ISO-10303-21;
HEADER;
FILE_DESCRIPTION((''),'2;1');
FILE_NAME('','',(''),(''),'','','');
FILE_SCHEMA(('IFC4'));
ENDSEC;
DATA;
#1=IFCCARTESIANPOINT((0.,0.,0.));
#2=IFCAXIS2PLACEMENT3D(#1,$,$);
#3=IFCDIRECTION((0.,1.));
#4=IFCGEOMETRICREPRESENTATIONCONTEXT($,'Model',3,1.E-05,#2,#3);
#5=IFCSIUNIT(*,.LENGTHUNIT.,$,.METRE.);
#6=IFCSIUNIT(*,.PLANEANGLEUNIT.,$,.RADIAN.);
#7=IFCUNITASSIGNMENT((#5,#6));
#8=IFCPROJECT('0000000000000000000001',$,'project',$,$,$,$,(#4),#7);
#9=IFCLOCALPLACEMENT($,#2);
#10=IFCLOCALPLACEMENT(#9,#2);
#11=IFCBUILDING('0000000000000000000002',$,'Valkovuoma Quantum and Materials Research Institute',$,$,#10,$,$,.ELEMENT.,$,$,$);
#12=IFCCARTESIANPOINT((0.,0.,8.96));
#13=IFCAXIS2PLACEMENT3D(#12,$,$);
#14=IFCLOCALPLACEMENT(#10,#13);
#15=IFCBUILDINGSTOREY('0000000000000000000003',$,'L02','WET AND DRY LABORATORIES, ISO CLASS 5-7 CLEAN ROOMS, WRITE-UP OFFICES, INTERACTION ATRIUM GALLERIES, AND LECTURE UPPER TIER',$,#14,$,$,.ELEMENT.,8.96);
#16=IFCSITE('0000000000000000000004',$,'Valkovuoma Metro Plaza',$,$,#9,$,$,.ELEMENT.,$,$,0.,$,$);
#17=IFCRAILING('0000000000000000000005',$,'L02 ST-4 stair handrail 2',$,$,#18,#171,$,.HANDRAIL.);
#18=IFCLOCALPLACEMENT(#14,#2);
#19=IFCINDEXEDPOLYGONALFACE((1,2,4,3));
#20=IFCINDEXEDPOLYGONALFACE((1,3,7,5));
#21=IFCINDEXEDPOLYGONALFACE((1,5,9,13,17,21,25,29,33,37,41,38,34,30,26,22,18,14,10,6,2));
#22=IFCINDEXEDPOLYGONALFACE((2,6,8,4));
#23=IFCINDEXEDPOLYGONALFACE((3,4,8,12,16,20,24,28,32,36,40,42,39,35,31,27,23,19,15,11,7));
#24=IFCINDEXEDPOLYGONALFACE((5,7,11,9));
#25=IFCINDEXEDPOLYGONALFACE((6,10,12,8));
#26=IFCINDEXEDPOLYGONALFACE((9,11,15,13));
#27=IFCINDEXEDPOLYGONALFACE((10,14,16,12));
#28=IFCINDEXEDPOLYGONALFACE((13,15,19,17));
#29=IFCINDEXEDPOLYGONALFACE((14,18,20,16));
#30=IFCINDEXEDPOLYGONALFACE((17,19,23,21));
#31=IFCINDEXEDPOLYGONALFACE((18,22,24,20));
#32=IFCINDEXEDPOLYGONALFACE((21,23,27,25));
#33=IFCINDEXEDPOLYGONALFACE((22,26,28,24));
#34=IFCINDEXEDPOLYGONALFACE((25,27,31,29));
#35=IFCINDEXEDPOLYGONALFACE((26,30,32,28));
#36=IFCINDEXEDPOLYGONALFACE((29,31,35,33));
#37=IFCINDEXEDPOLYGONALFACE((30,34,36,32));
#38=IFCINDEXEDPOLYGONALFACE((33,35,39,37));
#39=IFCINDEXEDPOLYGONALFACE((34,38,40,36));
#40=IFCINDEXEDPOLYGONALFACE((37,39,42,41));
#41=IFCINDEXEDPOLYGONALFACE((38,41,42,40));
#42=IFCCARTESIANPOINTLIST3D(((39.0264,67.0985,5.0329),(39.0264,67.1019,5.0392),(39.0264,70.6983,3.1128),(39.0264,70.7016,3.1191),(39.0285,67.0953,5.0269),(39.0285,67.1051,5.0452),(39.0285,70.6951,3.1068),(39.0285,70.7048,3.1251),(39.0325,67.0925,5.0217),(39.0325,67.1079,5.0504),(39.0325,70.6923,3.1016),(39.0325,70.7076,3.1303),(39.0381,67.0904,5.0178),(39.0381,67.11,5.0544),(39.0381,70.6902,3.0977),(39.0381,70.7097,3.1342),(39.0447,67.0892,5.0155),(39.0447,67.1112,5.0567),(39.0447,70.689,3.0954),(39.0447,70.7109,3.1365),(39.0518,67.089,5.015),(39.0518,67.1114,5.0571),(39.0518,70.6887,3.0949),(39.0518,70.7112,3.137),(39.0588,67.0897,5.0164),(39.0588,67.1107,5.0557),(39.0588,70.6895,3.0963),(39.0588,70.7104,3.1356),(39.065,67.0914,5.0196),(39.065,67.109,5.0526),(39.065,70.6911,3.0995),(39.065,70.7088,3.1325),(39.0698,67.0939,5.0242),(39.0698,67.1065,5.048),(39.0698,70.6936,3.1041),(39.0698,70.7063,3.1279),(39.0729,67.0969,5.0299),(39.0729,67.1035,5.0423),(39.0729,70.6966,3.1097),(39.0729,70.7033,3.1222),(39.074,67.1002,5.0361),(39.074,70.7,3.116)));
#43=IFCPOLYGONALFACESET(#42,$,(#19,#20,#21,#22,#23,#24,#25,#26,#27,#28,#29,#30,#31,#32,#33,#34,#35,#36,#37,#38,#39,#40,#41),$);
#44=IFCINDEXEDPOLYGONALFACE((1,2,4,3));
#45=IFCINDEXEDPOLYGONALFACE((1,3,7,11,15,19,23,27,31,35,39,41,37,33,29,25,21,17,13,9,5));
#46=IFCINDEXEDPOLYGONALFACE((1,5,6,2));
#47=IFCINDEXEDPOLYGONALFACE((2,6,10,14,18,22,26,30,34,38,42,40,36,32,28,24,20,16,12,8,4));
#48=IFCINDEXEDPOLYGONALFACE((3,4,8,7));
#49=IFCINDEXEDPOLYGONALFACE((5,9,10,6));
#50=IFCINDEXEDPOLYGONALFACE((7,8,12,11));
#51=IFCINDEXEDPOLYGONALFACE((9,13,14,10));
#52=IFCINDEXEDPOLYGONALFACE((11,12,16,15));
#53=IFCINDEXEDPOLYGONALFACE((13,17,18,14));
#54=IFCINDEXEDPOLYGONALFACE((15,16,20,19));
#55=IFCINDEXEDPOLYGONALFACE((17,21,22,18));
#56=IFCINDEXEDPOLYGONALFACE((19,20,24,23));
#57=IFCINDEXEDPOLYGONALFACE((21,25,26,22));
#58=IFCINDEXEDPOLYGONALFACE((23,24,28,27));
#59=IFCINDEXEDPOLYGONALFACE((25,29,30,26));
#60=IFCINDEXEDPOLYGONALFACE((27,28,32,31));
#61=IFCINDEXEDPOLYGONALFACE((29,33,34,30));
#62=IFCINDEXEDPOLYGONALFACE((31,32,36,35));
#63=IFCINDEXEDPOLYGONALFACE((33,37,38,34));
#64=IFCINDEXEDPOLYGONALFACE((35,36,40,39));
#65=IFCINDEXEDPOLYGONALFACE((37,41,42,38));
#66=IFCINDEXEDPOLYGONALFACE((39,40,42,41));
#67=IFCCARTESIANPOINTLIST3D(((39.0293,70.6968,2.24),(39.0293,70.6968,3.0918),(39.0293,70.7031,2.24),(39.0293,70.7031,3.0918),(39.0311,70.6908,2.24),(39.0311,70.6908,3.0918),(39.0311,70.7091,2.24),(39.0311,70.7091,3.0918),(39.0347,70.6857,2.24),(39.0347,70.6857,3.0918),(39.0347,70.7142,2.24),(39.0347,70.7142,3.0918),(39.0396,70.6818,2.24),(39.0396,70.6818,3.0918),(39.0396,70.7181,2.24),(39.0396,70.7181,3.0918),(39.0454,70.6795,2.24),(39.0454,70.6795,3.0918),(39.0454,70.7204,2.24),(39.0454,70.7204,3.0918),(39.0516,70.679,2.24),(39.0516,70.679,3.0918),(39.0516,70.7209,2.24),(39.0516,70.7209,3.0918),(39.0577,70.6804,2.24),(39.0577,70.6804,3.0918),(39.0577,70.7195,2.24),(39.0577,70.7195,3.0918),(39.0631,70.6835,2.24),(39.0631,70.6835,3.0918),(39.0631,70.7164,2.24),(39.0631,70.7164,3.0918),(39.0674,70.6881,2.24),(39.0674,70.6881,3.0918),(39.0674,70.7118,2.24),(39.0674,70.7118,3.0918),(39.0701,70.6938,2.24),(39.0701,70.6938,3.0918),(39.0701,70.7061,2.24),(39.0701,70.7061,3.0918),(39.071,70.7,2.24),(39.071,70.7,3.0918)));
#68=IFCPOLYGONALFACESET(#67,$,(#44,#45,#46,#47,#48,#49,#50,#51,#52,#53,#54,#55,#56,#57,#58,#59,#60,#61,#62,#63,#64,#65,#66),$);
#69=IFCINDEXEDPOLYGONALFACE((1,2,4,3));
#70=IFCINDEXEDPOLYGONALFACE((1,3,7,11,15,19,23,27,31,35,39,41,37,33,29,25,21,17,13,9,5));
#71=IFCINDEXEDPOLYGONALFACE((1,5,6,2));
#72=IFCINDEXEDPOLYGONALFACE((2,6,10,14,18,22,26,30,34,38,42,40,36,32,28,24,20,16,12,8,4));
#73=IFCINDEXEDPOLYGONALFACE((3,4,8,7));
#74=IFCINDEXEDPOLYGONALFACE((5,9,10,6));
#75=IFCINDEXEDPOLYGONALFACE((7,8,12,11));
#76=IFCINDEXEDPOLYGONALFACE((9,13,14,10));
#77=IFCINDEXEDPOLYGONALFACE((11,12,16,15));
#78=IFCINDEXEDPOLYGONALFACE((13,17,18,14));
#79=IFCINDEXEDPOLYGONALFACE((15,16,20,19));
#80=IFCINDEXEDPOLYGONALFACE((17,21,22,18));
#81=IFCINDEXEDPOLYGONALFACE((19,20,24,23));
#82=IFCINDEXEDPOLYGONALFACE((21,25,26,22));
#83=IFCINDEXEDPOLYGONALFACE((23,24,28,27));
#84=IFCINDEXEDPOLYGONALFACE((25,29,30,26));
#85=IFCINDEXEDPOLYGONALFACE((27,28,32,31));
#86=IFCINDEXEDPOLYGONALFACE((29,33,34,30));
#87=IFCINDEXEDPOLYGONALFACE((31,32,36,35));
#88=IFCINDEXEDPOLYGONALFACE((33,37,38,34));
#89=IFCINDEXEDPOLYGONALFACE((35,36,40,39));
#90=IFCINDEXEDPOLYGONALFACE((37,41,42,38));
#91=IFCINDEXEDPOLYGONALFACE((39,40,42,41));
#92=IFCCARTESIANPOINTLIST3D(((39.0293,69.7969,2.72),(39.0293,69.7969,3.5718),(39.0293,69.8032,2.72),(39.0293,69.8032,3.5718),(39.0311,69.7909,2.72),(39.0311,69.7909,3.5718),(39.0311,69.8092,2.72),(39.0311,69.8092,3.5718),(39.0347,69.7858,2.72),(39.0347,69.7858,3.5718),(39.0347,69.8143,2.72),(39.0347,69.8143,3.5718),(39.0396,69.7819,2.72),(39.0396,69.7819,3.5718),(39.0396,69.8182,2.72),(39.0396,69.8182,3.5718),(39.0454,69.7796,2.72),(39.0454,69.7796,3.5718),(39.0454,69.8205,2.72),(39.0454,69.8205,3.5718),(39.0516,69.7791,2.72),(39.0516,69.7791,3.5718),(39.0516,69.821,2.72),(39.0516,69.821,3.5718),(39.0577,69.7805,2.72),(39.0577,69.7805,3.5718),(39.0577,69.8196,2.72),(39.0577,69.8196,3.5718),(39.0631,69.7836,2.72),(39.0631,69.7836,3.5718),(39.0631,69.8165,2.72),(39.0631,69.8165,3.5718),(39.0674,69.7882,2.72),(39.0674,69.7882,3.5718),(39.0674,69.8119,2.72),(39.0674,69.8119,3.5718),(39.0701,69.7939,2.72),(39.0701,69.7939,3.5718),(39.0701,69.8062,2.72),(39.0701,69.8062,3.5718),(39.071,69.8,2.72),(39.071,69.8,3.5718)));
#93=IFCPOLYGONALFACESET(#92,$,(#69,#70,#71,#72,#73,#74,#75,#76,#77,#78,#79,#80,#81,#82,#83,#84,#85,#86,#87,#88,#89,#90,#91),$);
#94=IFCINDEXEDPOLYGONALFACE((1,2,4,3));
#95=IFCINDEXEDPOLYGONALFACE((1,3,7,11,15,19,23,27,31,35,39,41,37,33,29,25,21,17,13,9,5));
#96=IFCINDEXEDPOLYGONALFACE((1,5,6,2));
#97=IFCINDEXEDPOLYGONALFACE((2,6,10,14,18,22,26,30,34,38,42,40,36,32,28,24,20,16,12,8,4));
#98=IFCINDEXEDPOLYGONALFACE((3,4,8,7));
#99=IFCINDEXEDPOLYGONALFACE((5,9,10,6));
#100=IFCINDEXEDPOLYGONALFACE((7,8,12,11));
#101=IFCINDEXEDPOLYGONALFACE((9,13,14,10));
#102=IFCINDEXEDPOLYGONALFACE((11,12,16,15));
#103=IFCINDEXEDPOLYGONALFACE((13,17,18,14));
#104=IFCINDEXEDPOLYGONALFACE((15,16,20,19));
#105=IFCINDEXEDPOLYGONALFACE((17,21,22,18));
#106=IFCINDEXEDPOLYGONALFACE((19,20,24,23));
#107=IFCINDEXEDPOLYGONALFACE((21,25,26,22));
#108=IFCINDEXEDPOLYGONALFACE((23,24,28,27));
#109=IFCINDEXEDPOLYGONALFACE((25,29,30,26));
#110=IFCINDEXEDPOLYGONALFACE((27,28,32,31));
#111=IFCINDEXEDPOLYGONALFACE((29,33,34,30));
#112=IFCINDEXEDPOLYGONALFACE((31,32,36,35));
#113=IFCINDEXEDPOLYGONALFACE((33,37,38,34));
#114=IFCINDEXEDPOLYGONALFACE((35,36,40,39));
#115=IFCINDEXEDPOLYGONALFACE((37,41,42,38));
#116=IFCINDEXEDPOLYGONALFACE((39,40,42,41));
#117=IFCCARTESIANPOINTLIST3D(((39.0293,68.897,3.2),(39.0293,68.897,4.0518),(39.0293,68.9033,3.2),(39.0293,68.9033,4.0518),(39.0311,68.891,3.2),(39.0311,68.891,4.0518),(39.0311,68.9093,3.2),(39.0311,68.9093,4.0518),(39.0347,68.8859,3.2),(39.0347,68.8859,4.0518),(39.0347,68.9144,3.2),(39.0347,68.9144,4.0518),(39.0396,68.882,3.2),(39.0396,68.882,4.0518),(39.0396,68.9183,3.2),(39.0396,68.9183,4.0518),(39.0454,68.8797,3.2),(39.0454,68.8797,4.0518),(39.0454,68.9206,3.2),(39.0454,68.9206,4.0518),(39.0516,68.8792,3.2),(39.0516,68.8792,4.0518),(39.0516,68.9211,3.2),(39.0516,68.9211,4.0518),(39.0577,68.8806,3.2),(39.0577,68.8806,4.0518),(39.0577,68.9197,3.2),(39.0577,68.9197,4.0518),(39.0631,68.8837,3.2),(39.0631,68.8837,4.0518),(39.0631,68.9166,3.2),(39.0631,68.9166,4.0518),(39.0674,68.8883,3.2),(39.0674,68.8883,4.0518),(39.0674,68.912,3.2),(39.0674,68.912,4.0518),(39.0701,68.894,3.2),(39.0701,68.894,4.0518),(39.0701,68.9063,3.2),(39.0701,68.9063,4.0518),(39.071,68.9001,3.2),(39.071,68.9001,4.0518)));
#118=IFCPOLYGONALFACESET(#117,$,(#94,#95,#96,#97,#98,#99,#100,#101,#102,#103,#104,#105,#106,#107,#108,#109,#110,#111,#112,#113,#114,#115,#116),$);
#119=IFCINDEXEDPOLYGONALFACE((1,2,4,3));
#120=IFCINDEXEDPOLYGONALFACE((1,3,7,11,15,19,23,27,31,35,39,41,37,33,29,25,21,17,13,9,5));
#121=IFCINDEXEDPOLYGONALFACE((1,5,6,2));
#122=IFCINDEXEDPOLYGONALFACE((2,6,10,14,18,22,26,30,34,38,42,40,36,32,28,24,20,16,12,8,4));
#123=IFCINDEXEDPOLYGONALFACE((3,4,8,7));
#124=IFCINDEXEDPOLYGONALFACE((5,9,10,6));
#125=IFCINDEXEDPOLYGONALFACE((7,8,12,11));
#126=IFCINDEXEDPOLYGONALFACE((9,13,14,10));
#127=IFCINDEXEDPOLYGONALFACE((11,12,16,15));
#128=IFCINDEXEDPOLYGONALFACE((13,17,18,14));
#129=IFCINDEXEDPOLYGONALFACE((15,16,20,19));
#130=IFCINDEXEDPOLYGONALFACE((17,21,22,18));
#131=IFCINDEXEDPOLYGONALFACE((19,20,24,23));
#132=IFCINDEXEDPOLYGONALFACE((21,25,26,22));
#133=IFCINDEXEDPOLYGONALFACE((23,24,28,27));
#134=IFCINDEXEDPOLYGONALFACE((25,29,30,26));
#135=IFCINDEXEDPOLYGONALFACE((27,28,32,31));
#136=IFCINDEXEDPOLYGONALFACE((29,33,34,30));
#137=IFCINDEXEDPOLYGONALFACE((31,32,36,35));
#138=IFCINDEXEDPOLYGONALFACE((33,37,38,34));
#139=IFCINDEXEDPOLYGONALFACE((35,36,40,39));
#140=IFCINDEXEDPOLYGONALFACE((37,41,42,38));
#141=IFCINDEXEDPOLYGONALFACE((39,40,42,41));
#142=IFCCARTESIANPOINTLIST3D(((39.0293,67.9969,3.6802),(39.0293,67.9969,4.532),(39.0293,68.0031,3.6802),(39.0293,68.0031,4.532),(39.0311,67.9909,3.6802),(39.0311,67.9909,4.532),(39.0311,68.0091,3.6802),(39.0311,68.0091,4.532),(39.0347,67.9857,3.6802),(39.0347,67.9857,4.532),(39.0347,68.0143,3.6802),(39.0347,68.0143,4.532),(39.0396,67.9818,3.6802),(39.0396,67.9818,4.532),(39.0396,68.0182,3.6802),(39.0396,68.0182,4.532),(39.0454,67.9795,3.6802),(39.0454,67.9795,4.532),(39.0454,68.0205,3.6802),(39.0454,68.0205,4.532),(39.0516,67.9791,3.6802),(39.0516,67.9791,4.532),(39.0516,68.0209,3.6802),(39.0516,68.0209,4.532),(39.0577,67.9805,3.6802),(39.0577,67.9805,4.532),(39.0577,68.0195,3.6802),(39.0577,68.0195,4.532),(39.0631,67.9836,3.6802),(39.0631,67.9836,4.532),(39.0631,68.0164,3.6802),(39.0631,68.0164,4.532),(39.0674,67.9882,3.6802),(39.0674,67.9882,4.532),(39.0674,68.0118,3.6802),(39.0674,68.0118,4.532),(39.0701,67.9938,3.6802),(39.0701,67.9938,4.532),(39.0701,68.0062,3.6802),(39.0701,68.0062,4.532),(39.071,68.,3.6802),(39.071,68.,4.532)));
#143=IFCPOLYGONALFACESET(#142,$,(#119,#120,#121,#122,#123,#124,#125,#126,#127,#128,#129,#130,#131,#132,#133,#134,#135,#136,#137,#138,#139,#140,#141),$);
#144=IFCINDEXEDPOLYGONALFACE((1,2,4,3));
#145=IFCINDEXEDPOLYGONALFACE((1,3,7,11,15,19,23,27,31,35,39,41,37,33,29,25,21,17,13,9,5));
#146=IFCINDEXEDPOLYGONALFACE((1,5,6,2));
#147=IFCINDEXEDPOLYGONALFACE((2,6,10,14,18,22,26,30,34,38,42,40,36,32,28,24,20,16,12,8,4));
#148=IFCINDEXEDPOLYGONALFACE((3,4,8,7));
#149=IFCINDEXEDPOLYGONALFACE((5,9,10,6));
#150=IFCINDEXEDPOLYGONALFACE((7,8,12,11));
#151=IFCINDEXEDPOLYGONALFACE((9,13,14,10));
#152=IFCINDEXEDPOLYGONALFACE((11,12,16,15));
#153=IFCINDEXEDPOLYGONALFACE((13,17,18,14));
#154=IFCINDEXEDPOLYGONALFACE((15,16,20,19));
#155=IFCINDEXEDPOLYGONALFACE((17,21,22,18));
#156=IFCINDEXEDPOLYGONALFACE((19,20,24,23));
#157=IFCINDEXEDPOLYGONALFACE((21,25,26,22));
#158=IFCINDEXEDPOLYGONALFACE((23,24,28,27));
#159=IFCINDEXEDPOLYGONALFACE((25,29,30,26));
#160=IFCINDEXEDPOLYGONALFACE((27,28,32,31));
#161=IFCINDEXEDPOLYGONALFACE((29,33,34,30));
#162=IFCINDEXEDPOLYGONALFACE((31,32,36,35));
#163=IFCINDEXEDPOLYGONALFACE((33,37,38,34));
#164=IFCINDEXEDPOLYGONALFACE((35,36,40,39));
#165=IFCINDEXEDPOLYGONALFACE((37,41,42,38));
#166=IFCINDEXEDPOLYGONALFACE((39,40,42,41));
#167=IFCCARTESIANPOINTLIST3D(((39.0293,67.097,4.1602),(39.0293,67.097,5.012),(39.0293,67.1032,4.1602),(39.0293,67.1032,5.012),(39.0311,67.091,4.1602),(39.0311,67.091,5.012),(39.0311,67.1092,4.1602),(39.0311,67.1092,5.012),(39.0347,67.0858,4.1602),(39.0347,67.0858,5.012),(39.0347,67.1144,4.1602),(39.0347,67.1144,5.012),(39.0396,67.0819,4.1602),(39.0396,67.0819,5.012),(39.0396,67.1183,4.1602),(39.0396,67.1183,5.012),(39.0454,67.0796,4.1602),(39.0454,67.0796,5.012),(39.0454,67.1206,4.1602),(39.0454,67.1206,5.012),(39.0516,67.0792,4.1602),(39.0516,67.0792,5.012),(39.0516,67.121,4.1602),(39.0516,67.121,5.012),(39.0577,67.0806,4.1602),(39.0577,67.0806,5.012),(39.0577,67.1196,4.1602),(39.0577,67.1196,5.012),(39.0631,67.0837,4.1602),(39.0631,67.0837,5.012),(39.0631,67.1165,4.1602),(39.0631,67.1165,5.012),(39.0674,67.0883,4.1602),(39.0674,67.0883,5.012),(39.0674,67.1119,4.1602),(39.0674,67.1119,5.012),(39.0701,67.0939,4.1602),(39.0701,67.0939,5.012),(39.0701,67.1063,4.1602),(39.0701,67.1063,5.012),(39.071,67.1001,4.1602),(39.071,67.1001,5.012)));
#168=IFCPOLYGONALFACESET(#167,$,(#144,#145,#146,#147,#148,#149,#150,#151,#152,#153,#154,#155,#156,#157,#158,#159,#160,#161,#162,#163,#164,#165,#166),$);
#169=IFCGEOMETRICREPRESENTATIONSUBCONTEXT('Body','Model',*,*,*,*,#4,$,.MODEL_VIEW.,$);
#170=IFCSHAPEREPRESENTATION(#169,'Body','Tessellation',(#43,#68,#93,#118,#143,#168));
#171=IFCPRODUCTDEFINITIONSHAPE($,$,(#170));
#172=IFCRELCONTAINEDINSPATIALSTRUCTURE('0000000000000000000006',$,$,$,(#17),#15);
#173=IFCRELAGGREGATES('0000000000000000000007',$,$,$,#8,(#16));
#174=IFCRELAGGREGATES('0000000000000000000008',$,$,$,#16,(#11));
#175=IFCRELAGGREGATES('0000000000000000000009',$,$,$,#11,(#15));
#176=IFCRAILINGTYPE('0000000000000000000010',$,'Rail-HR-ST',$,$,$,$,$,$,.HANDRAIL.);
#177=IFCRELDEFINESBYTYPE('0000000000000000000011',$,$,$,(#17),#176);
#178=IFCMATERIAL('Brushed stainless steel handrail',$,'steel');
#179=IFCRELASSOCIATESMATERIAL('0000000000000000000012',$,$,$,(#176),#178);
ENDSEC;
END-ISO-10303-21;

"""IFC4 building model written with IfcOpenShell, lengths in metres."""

from ifc_helpers import new_model, si_unit, direction, frame, origin, origin_2d, place, context, subcontext, project, spatial, circle, extrude, material, type_object, element, save


model = new_model("IFC4")

# Units and contexts
model_context = context("Model", 3, precision=1e-05, world=origin(), true_north=direction((0.0, 1.0)))
body_context = subcontext(model_context, "Body", "Model", "MODEL_VIEW")
ifc_project = project(units=[si_unit("LENGTHUNIT", "METRE"), si_unit("PLANEANGLEUNIT", "RADIAN")], contexts=[model_context])

# Site, building, storey
site_placement = place(None, origin())
site = spatial("IfcSite", under=ifc_project, at=site_placement, Name="Valkovuoma Metro Plaza", CompositionType="ELEMENT", RefElevation=0.0)
building_placement = place(site_placement, origin())
building = spatial("IfcBuilding", under=site, at=building_placement, Name="Valkovuoma Quantum and Materials Research Institute", CompositionType="ELEMENT")
storey_placement = place(building_placement, frame((0.0, 0.0, 8.96)))
storey = spatial("IfcBuildingStorey", under=building, at=storey_placement, Name="L02", Description="WET AND DRY LABORATORIES, ISO CLASS 5-7 CLEAN ROOMS, WRITE-UP OFFICES, INTERACTION ATRIUM GALLERIES, AND LECTURE UPPER TIER", CompositionType="ELEMENT", Elevation=8.96)

# Railing
ifc_material_1 = material(Name="Brushed stainless steel handrail", Category="steel")
railing_type_1 = type_object("IfcRailingType", Name="Rail-HR-ST", PredefinedType="HANDRAIL", material=ifc_material_1)
railing_1_placement = place(storey_placement, frame((39.05, 70.7, 2.24)))
element("IfcRailing", 1, at=railing_1_placement, inside=storey, type_object=railing_type_1, Name="L02 ST-4 stair handrail 2", PredefinedType="HANDRAIL", context=body_context, shape_type="SweptSolid", body=[
    extrude(circle(Radius=0.0239, at=origin_2d()), frame((0.0, 0.0, 0.876), z_axis=(0.0, -0.882328, 0.470635), x_axis=(1.0, 0.0, 0.0)), (0.0, 0.0, 1.0), 4.0798),
    extrude(circle(Radius=0.021, at=origin_2d()), origin(), (0.0, 0.0, 1.0), 0.8518),
    extrude(circle(Radius=0.021, at=origin_2d()), frame((0.0, -0.8999, 0.48)), (0.0, 0.0, 1.0), 0.8518),
    extrude(circle(Radius=0.021, at=origin_2d()), frame((0.0, -1.7998, 0.96)), (0.0, 0.0, 1.0), 0.8518),
    extrude(circle(Radius=0.021, at=origin_2d()), frame((0.0, -2.7, 1.4402)), (0.0, 0.0, 1.0), 0.8518),
    extrude(circle(Radius=0.021, at=origin_2d()), frame((0.0, -3.5999, 1.9202)), (0.0, 0.0, 1.0), 0.8518),
])

save(model, "model.ifc")
